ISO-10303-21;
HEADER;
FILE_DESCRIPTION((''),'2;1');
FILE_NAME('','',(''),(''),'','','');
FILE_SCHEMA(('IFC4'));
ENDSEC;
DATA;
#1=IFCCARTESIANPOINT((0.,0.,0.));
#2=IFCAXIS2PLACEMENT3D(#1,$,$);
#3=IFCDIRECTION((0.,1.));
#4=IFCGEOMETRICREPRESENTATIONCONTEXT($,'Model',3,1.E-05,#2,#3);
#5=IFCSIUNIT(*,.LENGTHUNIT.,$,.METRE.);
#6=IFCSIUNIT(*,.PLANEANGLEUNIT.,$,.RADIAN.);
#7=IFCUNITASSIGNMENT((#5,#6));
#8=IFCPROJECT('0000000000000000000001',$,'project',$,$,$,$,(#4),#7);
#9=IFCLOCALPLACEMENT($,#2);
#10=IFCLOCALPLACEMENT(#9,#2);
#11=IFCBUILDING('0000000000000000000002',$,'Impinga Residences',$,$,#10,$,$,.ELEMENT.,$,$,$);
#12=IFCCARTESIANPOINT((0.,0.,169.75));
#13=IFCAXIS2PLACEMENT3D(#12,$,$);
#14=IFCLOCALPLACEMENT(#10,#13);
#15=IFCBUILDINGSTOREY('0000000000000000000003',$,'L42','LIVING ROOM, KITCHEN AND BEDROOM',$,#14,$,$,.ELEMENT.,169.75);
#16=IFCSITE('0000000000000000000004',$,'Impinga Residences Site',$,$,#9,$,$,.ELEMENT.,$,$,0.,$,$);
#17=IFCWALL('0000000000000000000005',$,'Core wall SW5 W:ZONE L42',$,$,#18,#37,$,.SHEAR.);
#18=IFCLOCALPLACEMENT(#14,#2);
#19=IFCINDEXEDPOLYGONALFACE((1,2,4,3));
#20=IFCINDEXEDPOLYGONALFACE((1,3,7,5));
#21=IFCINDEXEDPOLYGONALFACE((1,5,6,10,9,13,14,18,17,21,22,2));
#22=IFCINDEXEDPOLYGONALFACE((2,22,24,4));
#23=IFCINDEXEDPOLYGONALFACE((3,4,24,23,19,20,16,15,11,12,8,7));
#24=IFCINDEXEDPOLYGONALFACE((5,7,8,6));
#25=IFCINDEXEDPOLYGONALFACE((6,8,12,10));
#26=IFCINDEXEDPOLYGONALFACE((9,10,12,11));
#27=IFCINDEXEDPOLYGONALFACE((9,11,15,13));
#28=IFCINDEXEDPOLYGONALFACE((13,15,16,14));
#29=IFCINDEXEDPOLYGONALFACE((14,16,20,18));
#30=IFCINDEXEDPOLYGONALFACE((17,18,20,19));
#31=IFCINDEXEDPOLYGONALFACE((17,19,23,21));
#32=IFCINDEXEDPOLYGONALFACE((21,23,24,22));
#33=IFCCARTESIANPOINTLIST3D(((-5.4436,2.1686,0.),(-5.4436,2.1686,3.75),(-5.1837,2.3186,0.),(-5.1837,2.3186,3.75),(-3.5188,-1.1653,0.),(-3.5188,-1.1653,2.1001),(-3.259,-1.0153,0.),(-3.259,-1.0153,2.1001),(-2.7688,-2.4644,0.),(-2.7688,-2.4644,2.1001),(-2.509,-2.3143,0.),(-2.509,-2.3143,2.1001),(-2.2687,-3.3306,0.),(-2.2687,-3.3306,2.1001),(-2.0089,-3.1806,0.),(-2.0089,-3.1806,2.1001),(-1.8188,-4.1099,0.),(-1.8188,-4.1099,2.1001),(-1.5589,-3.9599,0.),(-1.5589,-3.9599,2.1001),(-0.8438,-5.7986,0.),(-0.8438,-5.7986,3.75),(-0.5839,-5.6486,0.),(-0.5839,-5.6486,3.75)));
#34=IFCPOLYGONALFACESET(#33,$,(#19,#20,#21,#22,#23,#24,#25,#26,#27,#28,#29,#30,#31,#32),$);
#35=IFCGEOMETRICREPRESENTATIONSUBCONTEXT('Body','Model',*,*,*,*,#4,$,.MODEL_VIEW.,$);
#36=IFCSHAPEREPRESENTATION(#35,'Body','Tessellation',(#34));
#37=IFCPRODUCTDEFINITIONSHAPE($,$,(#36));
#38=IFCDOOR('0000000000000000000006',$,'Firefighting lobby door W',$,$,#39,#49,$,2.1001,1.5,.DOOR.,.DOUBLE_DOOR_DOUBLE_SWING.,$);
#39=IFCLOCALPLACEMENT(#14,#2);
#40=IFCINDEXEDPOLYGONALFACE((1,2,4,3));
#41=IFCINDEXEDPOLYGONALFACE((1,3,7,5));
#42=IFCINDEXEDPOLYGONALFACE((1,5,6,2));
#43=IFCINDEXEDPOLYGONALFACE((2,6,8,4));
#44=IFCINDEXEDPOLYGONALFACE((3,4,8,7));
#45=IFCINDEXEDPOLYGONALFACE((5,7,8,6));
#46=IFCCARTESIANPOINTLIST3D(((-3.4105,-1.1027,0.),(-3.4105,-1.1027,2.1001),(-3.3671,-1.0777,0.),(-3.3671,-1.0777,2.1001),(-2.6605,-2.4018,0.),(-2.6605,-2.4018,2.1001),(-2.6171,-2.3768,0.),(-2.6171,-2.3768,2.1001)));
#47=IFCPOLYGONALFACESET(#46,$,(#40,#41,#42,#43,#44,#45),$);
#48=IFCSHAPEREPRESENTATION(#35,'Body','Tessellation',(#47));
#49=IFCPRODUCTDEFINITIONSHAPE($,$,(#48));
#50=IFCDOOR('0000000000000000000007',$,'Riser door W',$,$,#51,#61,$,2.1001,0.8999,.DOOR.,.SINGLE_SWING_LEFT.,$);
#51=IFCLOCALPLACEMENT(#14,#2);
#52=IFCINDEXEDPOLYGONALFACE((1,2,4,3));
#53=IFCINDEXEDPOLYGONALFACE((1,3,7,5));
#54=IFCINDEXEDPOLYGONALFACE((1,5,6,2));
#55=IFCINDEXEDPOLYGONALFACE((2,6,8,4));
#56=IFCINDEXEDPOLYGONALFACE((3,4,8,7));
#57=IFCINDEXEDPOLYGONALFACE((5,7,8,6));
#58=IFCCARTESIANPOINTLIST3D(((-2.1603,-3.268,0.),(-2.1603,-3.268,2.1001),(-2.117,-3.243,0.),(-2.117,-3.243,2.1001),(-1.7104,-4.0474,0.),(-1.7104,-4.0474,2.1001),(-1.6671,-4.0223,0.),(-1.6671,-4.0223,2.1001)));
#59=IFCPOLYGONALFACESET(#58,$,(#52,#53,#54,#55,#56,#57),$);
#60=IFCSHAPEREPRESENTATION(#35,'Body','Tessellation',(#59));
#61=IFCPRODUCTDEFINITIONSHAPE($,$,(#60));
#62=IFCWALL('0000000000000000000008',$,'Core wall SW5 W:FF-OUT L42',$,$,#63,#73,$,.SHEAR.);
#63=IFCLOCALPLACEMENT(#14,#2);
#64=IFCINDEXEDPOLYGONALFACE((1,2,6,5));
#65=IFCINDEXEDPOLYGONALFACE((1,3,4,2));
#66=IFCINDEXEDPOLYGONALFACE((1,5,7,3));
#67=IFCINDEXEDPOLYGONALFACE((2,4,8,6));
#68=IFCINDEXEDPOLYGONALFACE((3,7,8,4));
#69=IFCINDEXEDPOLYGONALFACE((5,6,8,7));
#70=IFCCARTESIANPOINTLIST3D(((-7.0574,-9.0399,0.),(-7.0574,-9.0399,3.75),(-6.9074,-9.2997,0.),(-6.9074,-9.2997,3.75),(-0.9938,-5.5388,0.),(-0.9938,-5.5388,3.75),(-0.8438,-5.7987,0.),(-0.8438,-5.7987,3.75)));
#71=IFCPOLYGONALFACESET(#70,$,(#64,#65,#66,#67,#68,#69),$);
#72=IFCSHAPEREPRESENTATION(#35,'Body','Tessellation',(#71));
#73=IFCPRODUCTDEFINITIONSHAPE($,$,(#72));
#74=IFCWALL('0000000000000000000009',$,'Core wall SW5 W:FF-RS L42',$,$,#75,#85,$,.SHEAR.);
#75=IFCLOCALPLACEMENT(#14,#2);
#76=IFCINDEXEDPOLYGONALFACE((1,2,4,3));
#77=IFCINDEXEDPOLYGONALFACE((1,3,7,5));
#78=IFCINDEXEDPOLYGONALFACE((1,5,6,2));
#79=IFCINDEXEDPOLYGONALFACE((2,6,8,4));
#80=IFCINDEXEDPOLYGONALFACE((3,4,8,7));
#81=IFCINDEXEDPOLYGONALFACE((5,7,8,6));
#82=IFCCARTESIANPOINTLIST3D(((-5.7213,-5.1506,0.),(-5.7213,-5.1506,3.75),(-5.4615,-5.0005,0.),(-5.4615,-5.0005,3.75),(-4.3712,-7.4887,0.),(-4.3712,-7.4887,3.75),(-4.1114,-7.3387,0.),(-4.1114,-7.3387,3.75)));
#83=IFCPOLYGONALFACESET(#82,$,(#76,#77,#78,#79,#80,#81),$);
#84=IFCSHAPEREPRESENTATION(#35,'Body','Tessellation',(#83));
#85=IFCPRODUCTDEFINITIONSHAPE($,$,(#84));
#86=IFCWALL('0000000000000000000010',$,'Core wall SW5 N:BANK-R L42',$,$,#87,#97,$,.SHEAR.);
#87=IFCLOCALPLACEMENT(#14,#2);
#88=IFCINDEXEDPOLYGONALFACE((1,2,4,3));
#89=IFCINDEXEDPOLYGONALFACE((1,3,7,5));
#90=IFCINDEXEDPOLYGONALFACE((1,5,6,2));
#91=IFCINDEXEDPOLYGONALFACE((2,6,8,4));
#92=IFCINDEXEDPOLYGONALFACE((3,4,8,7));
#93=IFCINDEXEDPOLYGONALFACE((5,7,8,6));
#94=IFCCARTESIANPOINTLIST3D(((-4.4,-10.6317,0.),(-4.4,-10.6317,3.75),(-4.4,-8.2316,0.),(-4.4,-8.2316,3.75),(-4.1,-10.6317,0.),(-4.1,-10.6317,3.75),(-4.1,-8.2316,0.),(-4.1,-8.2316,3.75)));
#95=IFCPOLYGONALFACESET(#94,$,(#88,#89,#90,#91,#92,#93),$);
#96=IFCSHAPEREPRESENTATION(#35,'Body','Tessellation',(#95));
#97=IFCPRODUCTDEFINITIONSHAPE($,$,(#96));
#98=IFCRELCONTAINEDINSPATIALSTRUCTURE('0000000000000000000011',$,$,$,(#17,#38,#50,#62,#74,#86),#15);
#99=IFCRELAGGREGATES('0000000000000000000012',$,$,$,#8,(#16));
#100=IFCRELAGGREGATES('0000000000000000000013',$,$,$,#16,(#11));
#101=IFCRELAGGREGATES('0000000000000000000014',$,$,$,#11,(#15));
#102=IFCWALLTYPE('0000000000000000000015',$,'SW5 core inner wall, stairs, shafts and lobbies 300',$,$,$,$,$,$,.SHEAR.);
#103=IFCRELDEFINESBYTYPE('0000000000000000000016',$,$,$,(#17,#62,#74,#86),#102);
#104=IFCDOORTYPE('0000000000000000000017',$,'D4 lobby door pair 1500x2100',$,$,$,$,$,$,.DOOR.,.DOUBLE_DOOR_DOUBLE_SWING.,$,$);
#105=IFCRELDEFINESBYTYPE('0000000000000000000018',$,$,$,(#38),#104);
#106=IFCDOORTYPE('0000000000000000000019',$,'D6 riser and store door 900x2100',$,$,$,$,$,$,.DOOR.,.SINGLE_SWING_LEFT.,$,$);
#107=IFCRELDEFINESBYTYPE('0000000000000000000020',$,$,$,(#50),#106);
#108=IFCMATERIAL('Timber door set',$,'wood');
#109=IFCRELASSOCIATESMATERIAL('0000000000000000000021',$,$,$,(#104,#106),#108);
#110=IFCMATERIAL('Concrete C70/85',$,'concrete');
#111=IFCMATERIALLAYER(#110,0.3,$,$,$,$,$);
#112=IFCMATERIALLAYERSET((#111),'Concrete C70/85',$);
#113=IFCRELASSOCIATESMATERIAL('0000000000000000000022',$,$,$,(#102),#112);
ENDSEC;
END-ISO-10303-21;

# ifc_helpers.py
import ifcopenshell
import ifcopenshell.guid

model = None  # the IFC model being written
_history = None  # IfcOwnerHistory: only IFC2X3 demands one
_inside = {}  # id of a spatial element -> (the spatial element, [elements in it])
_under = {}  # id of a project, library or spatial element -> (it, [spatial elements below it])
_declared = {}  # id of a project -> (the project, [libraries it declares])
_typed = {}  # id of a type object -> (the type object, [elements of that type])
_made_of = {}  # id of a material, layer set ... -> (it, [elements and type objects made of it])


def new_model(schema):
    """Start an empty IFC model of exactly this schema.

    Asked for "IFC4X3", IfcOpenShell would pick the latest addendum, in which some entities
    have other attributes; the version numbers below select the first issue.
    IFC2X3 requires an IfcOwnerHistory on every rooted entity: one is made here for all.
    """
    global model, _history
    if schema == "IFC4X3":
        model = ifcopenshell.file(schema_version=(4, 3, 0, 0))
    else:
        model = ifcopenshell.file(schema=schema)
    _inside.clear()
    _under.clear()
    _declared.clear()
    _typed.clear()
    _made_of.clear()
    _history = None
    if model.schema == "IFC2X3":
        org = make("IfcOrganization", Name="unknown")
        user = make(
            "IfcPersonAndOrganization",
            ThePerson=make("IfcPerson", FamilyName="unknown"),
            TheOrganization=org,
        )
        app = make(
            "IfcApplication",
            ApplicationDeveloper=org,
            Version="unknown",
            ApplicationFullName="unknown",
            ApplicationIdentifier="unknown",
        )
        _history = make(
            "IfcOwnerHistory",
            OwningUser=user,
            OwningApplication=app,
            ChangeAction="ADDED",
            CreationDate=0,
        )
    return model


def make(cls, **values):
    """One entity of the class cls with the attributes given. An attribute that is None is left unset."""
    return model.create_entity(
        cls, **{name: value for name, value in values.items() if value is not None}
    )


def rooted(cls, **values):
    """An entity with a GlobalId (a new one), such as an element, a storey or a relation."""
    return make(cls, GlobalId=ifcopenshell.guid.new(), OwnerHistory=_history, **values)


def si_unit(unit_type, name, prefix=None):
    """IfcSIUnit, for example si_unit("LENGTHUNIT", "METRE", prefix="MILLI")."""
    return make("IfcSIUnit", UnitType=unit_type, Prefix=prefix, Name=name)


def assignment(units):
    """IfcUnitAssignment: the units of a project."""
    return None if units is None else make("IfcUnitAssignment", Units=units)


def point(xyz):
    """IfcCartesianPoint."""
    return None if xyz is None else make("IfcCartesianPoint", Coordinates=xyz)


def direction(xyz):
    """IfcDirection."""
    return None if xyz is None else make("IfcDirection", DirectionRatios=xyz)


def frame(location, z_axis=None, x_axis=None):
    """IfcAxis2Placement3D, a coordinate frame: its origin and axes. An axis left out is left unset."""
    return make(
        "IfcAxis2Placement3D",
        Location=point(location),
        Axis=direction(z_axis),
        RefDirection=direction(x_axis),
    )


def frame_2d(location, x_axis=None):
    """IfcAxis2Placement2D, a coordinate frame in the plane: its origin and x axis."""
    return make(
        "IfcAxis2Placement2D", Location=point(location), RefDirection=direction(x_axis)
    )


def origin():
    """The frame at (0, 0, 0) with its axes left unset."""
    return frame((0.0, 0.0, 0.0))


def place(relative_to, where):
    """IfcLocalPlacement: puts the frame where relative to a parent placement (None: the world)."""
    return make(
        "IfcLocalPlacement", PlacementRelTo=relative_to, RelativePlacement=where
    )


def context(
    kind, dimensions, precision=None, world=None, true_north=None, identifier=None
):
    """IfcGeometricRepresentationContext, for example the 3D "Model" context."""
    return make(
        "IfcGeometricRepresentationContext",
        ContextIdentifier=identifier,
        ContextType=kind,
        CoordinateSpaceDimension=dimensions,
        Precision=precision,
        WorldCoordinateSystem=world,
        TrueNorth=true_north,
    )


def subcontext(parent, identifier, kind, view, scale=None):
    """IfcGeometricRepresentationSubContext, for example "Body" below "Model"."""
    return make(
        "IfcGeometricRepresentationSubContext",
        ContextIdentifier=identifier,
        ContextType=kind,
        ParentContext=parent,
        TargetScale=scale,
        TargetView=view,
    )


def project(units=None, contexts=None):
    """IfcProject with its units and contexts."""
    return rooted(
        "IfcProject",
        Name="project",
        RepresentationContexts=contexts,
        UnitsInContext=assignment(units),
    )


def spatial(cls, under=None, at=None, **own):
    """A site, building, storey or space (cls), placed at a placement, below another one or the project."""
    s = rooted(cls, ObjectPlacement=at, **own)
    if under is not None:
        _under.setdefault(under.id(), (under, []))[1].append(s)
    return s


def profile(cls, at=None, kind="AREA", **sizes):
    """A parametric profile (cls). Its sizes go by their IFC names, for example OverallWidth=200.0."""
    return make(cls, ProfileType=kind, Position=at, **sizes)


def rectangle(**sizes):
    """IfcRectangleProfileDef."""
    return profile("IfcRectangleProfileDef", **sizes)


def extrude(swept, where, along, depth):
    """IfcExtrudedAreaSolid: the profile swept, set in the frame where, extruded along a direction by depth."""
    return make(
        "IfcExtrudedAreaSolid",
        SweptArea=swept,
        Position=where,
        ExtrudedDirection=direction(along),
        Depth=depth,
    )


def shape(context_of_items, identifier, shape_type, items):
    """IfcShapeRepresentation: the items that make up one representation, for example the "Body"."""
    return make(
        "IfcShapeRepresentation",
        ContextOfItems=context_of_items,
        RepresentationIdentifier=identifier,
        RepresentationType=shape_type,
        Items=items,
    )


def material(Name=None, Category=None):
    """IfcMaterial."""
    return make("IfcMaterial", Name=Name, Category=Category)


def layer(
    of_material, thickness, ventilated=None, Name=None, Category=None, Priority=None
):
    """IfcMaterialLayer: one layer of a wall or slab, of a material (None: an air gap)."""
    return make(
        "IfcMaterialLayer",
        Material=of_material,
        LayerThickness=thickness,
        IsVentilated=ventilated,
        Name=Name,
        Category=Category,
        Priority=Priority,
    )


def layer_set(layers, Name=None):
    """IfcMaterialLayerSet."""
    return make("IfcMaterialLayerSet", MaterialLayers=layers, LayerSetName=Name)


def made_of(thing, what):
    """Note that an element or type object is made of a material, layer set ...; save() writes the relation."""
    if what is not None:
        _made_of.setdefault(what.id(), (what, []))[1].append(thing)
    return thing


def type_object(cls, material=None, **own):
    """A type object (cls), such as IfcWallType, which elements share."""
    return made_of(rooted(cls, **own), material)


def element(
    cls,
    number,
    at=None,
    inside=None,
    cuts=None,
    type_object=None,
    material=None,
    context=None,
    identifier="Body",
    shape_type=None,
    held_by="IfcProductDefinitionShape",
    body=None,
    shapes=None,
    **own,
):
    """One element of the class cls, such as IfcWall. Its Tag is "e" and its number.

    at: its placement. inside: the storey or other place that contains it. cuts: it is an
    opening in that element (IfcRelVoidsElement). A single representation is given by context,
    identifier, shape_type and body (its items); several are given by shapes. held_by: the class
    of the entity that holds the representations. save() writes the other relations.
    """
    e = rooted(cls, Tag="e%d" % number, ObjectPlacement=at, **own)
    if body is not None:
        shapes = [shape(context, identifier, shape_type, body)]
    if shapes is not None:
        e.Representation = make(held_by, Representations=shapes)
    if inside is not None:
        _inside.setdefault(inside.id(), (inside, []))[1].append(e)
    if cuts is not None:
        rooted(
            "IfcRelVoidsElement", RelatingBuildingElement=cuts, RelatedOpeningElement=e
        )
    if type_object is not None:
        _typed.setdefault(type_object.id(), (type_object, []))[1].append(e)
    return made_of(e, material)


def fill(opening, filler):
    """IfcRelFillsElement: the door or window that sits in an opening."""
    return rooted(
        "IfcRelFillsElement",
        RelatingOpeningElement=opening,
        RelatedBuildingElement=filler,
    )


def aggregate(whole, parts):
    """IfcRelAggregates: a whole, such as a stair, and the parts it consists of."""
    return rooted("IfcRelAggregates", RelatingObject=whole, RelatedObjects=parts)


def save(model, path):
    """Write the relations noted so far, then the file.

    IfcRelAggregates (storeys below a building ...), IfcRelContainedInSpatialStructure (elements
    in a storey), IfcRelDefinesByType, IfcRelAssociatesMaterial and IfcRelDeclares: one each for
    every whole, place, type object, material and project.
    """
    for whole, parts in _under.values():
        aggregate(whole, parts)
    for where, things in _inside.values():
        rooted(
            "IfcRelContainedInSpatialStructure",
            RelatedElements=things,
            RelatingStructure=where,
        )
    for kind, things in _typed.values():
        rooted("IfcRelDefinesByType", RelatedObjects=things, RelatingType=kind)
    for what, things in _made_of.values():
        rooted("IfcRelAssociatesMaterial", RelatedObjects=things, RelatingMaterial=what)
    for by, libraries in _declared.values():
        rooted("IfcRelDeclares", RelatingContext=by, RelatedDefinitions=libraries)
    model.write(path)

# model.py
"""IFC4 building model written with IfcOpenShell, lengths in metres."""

from ifc_helpers import new_model, si_unit, direction, frame, frame_2d, origin, place, context, subcontext, project, spatial, rectangle, extrude, material, layer, layer_set, type_object, element, fill, save


model = new_model("IFC4")

# Units and contexts
model_context = context("Model", 3, precision=1e-05, world=origin(), true_north=direction((0.0, 1.0)))
body_context = subcontext(model_context, "Body", "Model", "MODEL_VIEW")
ifc_project = project(units=[si_unit("LENGTHUNIT", "METRE"), si_unit("PLANEANGLEUNIT", "RADIAN")], contexts=[model_context])

# Site, building, storey
site_placement = place(None, origin())
site = spatial("IfcSite", under=ifc_project, at=site_placement, Name="Impinga Residences Site", CompositionType="ELEMENT", RefElevation=0.0)
building_placement = place(site_placement, origin())
building = spatial("IfcBuilding", under=site, at=building_placement, Name="Impinga Residences", CompositionType="ELEMENT")
storey_placement = place(building_placement, frame((0.0, 0.0, 169.75)))
storey = spatial("IfcBuildingStorey", under=building, at=storey_placement, Name="L42", Description="LIVING ROOM, KITCHEN AND BEDROOM", CompositionType="ELEMENT", Elevation=169.75)

# Shared definitions
ifc_material_1 = material(Name="Timber door set", Category="wood")

# Shared definitions
door_type_1 = type_object("IfcDoorType", Name="D4 lobby door pair 1500x2100", OperationType="DOUBLE_DOOR_DOUBLE_SWING", PredefinedType="DOOR", material=ifc_material_1)

# Wall, openings, doors
ifc_material_2 = material(Name="Concrete C70/85", Category="concrete")
ifc_layer_1 = layer(ifc_material_2, 0.3)
ifc_layer_set_1 = layer_set([ifc_layer_1], Name="Concrete C70/85")
wall_type_1 = type_object("IfcWallType", Name="SW5 core inner wall, stairs, shafts and lobbies 300", PredefinedType="SHEAR", material=ifc_layer_set_1)
wall_1_placement = place(storey_placement, frame((-0.7139, -5.7236, 0.0), z_axis=(0.0, 0.0, 1.0), x_axis=(-0.499995, 0.866028, 0.0)))
wall_1 = element("IfcWall", 1, at=wall_1_placement, inside=storey, type_object=wall_type_1, Name="Core wall SW5 W:ZONE L42", PredefinedType="SHEAR", context=body_context, shape_type="SweptSolid", body=[
    extrude(rectangle(XDim=9.1997, YDim=0.3, at=frame_2d((4.5999, 0.0))), origin(), (0.0, 0.0, 1.0), 3.75),
])
opening_1_placement = place(wall_1_placement, frame((3.8501, 0.0, 0.0)))
opening_1 = element("IfcOpeningElement", 2, at=opening_1_placement, cuts=wall_1, PredefinedType="OPENING", context=body_context, shape_type="SweptSolid", body=[
    extrude(rectangle(XDim=1.5, YDim=2.1001, at=frame_2d((0.75, 1.05))), frame((0.0, 0.1599, 0.0), z_axis=(0.0, -1.0, 0.0), x_axis=(1.0, 0.0, 0.0)), (0.0, 0.0, 1.0), 0.3201),
])
opening_2_placement = place(wall_1_placement, frame((1.95, 0.0, 0.0)))
opening_2 = element("IfcOpeningElement", 3, at=opening_2_placement, cuts=wall_1, PredefinedType="OPENING", context=body_context, shape_type="SweptSolid", body=[
    extrude(rectangle(XDim=0.8999, YDim=2.1001, at=frame_2d((0.45, 1.05))), frame((0.0, 0.1599, 0.0), z_axis=(0.0, -1.0, 0.0), x_axis=(1.0, 0.0, 0.0)), (0.0, 0.0, 1.0), 0.3201),
])
door_1_placement = place(opening_1_placement, origin())
door_1 = element("IfcDoor", 4, at=door_1_placement, inside=storey, type_object=door_type_1, Name="Firefighting lobby door W", OperationType="DOUBLE_DOOR_DOUBLE_SWING", OverallHeight=2.1001, OverallWidth=1.5, PredefinedType="DOOR", context=body_context, shape_type="SweptSolid", body=[
    extrude(rectangle(XDim=1.5, YDim=2.1001, at=frame_2d((0.75, 1.05))), frame((0.0, 0.0249, 0.0), z_axis=(0.0, -1.0, 0.0), x_axis=(1.0, 0.0, 0.0)), (0.0, 0.0, 1.0), 0.05),
])
fill(opening_1, door_1)
door_type_2 = type_object("IfcDoorType", Name="D6 riser and store door 900x2100", OperationType="SINGLE_SWING_LEFT", PredefinedType="DOOR", material=ifc_material_1)
door_2_placement = place(opening_2_placement, origin())
door_2 = element("IfcDoor", 5, at=door_2_placement, inside=storey, type_object=door_type_2, Name="Riser door W", OperationType="SINGLE_SWING_LEFT", OverallHeight=2.1001, OverallWidth=0.8999, PredefinedType="DOOR", context=body_context, shape_type="SweptSolid", body=[
    extrude(rectangle(XDim=0.8999, YDim=2.1001, at=frame_2d((0.45, 1.05))), frame((0.0, 0.0249, 0.0), z_axis=(0.0, -1.0, 0.0), x_axis=(1.0, 0.0, 0.0)), (0.0, 0.0, 1.0), 0.05),
])
fill(opening_2, door_2)

# Walls
wall_2_placement = place(storey_placement, frame((-0.9187, -5.6687, 0.0), z_axis=(0.0, 0.0, 1.0), x_axis=(-0.866011, -0.500024, 0.0)))
element("IfcWall", 6, at=wall_2_placement, inside=storey, type_object=wall_type_1, Name="Core wall SW5 W:FF-OUT L42", PredefinedType="SHEAR", context=body_context, shape_type="SweptSolid", body=[
    extrude(rectangle(XDim=7.0017, YDim=0.3, at=frame_2d((3.501, 0.0))), origin(), (0.0, 0.0, 1.0), 3.75),
])
wall_3_placement = place(storey_placement, frame((-4.2412, -7.4138, 0.0), z_axis=(0.0, 0.0, 1.0), x_axis=(-0.500049, 0.865997, 0.0)))
element("IfcWall", 7, at=wall_3_placement, inside=storey, type_object=wall_type_1, Name="Core wall SW5 W:FF-RS L42", PredefinedType="SHEAR", context=body_context, shape_type="SweptSolid", body=[
    extrude(rectangle(XDim=2.7, YDim=0.3, at=frame_2d((1.3501, 0.0))), origin(), (0.0, 0.0, 1.0), 3.75),
])
wall_4_placement = place(storey_placement, frame((-4.25, -8.2314, 0.0), z_axis=(0.0, 0.0, 1.0), x_axis=(0.0, -1.0, 0.0)))
element("IfcWall", 8, at=wall_4_placement, inside=storey, type_object=wall_type_1, Name="Core wall SW5 N:BANK-R L42", PredefinedType="SHEAR", context=body_context, shape_type="SweptSolid", body=[
    extrude(rectangle(XDim=2.4001, YDim=0.3, at=frame_2d((1.2002, 0.0))), origin(), (0.0, 0.0, 1.0), 3.75),
])

save(model, "model.ifc")
